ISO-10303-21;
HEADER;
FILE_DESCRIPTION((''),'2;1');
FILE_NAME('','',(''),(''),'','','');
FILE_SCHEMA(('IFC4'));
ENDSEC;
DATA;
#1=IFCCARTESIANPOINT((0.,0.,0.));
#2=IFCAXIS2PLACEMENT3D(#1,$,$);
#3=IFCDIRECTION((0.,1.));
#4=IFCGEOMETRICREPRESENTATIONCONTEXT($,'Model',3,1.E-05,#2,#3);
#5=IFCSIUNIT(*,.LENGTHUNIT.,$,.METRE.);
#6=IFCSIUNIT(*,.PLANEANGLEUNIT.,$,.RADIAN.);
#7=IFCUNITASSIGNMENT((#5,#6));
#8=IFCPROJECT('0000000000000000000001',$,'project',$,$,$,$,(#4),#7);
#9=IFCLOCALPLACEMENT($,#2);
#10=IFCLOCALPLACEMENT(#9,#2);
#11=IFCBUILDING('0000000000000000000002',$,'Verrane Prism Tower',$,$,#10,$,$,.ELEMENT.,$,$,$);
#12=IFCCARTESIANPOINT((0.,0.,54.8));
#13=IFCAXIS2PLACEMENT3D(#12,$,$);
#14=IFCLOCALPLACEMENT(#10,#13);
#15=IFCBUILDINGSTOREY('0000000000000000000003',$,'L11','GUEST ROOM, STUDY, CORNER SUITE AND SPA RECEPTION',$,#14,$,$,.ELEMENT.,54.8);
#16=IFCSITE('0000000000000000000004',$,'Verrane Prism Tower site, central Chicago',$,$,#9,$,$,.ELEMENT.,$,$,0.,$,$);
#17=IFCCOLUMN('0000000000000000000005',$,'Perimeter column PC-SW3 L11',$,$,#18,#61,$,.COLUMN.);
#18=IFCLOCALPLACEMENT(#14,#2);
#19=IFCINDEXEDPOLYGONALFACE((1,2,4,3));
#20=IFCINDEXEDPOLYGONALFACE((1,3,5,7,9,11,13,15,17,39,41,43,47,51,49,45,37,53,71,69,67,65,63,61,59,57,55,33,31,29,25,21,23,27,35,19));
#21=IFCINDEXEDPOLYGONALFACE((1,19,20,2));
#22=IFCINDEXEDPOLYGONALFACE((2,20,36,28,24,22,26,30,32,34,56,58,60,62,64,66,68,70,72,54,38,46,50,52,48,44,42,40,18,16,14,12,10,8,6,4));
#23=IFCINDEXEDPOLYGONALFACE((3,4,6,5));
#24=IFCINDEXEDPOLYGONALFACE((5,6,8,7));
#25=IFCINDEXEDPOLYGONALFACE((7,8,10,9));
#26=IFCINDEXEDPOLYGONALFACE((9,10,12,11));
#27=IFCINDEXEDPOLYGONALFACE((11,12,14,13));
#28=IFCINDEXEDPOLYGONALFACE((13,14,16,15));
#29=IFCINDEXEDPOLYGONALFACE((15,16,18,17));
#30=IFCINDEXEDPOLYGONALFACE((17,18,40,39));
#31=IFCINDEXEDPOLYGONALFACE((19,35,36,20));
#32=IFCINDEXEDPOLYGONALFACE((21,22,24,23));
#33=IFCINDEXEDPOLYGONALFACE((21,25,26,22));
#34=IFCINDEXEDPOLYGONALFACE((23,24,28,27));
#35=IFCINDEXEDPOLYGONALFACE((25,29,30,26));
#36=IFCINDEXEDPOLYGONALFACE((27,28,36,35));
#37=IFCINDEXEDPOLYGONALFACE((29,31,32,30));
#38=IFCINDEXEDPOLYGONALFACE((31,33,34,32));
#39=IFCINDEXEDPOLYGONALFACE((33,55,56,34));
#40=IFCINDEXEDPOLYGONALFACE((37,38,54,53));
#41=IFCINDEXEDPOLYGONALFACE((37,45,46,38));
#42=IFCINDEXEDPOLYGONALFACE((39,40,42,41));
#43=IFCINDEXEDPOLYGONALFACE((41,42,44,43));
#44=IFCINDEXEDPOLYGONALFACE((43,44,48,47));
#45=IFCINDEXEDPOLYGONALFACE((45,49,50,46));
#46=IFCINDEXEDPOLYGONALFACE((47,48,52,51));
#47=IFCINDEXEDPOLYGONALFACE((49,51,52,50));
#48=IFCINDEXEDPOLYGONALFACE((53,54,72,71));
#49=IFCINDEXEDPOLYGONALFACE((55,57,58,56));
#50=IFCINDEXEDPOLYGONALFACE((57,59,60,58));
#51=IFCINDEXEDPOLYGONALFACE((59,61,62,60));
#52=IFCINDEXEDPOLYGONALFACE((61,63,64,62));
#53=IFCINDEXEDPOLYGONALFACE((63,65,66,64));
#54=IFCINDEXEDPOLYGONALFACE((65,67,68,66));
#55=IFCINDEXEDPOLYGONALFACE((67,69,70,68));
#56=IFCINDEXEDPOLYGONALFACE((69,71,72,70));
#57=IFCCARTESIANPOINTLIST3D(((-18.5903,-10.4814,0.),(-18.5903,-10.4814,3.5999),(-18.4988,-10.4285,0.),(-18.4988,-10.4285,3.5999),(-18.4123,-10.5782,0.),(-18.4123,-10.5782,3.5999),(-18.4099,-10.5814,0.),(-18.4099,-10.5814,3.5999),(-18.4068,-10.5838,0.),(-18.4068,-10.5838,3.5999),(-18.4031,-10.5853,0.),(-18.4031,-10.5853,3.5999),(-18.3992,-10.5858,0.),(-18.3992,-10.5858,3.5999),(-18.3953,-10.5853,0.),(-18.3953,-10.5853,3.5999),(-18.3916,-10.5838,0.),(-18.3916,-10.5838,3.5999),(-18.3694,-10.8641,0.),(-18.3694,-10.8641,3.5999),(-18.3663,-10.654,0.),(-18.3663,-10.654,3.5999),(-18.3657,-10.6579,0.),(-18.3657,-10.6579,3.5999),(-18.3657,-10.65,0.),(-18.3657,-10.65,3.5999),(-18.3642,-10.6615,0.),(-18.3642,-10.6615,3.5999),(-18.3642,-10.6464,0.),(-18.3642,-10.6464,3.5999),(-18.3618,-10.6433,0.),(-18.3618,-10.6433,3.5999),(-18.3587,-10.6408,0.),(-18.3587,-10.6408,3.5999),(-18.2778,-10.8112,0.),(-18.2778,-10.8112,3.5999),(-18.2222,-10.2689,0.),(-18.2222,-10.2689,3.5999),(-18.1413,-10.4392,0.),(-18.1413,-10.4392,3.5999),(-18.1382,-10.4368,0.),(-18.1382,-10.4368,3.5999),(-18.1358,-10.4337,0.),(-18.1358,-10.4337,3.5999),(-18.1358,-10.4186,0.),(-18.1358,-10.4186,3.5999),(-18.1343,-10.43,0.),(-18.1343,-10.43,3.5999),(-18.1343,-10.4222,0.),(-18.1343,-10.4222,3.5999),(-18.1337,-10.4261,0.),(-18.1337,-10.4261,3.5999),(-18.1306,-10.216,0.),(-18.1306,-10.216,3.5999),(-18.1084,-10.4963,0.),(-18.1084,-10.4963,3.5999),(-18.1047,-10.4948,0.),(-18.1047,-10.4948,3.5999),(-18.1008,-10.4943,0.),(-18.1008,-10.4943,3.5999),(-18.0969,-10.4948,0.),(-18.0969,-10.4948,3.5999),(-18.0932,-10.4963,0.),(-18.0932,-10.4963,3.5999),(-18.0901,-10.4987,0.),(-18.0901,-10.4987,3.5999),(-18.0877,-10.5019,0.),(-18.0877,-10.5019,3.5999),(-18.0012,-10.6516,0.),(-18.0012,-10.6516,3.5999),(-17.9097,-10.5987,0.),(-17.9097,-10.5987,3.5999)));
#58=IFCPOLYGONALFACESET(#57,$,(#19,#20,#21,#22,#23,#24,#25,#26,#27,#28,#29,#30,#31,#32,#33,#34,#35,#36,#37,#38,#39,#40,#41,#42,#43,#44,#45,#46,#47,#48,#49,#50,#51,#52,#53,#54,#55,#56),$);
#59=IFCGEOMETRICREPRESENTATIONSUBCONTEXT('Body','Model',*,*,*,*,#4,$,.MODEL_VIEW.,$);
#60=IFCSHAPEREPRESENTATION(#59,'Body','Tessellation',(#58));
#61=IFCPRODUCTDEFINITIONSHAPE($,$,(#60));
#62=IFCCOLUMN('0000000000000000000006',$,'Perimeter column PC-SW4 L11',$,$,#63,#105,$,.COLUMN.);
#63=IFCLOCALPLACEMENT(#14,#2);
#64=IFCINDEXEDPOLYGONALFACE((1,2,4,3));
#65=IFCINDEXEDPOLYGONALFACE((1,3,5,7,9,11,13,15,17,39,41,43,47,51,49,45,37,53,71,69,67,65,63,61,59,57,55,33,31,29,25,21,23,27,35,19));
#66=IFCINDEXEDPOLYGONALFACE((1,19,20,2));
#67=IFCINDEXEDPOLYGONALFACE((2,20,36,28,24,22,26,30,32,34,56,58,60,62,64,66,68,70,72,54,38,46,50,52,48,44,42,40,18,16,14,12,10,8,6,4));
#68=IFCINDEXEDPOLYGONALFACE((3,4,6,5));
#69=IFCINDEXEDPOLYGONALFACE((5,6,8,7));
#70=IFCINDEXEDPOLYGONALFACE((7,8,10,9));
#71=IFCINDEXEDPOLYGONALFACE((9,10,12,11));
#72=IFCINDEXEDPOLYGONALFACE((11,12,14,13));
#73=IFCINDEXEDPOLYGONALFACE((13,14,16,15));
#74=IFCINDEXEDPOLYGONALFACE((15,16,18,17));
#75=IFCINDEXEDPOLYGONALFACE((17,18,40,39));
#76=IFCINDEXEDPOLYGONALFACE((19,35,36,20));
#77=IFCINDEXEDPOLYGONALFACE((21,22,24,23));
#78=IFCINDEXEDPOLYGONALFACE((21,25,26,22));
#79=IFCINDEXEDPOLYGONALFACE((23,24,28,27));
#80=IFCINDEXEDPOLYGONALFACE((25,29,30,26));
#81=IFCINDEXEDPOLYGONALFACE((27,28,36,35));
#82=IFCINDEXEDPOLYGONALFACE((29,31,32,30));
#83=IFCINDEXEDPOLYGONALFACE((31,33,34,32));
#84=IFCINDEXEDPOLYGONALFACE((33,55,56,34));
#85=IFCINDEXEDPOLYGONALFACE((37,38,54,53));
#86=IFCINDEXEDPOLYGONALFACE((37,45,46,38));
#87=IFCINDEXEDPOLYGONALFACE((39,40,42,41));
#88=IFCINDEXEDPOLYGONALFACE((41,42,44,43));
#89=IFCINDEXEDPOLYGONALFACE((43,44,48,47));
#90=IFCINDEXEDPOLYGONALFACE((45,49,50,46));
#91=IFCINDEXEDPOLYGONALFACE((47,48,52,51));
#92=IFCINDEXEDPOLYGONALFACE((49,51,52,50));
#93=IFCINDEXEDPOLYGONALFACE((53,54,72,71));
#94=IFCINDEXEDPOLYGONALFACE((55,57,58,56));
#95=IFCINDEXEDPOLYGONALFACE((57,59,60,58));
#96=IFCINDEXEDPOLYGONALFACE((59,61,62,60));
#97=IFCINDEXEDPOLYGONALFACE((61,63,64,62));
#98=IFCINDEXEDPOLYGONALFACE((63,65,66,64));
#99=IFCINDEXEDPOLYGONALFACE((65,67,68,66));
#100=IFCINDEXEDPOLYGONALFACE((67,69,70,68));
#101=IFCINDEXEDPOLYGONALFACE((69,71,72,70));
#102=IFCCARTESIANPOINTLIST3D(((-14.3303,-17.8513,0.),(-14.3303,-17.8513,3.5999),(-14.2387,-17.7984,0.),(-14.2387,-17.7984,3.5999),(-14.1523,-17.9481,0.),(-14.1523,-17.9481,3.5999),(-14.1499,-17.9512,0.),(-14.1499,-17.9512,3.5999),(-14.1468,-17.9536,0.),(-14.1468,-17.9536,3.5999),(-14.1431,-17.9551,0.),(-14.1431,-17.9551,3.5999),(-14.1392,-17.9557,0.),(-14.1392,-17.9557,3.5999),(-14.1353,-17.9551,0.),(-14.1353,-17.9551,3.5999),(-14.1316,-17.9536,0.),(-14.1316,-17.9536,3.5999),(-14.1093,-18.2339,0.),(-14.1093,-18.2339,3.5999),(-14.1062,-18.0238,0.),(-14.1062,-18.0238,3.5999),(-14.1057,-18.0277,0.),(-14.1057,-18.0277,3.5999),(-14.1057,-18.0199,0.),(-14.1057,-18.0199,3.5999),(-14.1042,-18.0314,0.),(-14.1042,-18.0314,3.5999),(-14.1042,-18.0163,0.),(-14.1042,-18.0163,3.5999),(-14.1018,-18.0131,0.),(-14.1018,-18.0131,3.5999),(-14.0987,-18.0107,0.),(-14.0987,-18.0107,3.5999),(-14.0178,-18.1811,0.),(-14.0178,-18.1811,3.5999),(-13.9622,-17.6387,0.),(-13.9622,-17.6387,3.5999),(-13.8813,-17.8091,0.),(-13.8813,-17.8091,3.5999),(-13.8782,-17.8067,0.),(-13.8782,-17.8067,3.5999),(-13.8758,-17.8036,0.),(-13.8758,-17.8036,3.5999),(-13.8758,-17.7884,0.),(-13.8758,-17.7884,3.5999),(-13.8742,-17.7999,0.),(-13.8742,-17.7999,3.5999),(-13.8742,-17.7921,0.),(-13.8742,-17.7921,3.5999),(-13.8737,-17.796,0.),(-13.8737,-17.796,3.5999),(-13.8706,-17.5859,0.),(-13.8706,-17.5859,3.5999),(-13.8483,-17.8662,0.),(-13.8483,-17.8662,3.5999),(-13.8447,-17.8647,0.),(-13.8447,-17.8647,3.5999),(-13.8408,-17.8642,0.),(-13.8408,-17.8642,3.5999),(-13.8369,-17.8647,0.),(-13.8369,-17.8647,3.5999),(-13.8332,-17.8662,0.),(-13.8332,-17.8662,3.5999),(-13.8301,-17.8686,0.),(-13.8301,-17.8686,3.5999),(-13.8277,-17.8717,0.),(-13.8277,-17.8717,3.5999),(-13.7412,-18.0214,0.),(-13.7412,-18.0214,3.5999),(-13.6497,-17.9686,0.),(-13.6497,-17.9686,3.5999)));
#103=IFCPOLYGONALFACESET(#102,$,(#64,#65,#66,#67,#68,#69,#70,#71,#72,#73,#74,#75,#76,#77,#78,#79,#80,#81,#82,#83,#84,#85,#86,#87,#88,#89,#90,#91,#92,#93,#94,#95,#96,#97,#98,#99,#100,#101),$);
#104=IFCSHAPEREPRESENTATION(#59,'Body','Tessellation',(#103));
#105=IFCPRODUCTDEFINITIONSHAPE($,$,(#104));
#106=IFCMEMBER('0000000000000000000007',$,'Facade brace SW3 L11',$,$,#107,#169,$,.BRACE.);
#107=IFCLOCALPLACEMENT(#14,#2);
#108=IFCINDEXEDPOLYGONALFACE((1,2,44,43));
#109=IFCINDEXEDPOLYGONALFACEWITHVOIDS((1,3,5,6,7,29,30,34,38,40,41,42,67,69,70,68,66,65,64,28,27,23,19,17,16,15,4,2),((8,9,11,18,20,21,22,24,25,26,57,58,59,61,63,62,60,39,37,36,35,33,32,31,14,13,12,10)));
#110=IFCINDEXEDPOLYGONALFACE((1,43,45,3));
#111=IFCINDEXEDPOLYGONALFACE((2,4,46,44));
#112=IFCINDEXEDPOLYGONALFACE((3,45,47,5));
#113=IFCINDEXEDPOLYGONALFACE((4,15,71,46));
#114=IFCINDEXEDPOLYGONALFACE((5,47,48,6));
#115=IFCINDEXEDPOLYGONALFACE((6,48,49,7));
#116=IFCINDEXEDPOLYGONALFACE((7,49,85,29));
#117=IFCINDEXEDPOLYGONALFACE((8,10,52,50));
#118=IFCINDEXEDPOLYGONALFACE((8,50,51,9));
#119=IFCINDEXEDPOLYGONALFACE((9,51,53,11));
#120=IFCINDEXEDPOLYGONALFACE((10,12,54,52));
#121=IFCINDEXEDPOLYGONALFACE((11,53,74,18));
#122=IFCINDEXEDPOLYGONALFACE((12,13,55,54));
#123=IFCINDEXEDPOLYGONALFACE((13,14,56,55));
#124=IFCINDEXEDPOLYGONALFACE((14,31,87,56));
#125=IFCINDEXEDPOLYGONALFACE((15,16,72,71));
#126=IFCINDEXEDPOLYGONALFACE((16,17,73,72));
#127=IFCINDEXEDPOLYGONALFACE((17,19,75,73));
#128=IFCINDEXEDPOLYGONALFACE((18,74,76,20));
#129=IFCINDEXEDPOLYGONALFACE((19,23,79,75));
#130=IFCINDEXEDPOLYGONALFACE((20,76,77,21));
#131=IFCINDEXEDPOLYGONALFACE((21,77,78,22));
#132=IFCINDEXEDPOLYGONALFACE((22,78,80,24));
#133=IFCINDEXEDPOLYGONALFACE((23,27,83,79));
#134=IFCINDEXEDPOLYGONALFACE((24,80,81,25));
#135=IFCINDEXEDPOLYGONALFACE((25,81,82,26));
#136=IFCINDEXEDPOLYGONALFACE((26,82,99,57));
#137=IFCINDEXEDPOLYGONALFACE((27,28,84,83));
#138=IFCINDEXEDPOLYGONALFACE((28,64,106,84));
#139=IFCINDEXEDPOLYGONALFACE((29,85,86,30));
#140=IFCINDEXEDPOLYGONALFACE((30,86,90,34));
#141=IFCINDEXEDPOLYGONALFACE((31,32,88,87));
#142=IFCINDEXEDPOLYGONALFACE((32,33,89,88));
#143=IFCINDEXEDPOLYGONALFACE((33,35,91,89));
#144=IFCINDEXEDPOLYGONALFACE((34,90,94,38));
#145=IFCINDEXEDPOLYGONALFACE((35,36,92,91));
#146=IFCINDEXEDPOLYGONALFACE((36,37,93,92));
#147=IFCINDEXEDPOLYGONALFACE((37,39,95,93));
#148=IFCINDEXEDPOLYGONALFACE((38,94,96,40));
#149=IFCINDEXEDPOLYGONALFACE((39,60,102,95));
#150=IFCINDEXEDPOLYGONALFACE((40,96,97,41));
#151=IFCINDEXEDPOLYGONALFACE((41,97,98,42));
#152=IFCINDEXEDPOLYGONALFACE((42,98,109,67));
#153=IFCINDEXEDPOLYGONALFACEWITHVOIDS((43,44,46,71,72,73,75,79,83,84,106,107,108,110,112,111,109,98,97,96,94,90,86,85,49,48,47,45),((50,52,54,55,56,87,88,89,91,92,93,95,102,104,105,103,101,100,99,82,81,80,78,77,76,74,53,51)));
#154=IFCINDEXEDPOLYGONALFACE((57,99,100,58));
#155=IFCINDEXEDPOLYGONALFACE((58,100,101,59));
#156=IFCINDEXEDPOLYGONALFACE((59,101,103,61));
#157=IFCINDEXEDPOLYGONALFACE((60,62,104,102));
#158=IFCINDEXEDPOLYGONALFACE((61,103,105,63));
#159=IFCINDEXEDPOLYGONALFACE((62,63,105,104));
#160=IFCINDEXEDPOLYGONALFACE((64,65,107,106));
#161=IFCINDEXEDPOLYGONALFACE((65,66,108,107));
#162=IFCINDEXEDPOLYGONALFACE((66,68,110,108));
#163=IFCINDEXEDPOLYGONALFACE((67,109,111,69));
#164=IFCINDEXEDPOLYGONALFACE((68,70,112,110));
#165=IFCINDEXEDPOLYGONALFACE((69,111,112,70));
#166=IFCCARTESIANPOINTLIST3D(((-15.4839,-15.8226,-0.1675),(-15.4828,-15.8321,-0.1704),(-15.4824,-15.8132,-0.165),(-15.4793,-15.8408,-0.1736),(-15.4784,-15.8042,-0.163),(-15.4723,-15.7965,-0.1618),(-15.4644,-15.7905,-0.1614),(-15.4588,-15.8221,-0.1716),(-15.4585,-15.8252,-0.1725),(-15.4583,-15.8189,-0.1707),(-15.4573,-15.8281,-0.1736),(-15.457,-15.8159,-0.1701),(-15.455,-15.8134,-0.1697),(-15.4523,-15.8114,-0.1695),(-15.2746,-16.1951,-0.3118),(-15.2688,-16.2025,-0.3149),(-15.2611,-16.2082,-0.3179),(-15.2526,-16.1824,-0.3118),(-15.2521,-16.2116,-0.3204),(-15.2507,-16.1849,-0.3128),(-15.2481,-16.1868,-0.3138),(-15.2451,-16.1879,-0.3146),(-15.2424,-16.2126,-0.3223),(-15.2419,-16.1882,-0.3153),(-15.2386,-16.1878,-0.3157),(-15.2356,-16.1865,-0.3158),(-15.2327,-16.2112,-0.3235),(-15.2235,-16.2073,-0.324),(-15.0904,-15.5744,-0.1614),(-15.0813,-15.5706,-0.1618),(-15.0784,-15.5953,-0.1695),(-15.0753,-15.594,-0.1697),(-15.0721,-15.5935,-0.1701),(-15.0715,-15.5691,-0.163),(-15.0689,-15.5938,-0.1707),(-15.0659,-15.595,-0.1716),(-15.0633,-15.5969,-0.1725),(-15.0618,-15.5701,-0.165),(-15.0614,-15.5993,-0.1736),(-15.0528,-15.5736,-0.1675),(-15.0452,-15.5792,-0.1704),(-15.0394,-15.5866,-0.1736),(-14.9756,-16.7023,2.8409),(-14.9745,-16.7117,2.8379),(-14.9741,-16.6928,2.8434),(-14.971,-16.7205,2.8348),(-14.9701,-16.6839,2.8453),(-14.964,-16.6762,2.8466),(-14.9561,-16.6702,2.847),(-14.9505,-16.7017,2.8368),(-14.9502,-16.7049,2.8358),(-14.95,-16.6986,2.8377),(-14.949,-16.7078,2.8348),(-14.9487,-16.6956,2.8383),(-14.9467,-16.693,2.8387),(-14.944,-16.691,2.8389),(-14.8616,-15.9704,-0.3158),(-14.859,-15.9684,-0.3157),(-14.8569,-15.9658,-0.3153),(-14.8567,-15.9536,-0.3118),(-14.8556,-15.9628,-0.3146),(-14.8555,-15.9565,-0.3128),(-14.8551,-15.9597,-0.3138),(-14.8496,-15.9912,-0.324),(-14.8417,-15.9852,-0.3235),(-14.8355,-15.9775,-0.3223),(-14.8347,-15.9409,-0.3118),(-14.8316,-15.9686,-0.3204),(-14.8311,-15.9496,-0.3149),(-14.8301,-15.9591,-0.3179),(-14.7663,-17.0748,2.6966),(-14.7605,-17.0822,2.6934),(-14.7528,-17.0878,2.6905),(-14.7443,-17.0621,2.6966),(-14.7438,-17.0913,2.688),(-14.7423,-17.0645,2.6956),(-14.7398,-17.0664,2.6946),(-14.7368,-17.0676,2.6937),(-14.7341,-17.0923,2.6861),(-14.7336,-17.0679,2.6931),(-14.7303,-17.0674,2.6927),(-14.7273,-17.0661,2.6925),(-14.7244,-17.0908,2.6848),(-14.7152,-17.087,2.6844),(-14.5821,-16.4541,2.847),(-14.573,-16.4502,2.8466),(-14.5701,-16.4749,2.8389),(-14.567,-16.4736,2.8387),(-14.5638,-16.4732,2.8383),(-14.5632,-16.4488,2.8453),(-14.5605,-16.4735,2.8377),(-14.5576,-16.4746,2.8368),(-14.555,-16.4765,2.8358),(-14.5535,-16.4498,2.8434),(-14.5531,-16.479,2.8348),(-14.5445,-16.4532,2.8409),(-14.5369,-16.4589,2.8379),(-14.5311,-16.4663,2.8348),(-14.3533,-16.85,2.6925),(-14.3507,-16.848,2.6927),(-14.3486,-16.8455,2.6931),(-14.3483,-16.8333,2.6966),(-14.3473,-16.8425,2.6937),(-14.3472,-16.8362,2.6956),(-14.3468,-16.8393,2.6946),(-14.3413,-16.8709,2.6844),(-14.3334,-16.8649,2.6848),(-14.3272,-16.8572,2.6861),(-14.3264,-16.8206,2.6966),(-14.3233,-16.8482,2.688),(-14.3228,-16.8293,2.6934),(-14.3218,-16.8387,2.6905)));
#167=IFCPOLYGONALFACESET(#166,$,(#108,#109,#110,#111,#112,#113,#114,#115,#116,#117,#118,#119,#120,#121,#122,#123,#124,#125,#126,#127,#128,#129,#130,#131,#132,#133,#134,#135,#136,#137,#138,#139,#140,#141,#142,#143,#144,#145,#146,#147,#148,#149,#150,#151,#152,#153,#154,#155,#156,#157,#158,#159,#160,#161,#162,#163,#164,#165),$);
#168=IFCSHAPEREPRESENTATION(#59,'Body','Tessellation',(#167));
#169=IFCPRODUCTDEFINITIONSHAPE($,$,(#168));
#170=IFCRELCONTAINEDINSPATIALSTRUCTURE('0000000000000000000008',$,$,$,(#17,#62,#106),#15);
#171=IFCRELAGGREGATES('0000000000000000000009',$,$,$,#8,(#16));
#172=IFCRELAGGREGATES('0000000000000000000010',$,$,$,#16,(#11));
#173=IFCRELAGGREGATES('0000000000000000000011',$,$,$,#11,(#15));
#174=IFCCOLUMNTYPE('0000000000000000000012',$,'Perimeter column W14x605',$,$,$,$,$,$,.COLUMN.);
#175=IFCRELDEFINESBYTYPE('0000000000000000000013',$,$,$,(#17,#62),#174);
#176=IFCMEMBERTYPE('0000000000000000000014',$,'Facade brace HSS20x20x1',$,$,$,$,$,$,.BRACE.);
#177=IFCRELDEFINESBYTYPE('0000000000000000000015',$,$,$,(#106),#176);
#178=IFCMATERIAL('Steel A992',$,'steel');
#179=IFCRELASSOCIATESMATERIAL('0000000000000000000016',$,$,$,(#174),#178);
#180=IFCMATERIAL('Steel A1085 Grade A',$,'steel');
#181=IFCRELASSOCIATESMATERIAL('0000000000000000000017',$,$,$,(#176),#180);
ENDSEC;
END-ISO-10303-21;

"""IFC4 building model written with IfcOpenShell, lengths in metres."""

from ifc_helpers import new_model, si_unit, direction, frame, origin, origin_2d, place, context, subcontext, project, spatial, hollow_rectangle, i_section, extrude, material, material_profile, profile_set, type_object, element, save


model = new_model("IFC4")

# Units and contexts
model_context = context("Model", 3, precision=1e-05, world=origin(), true_north=direction((0.0, 1.0)))
body_context = subcontext(model_context, "Body", "Model", "MODEL_VIEW")
ifc_project = project(units=[si_unit("LENGTHUNIT", "METRE"), si_unit("PLANEANGLEUNIT", "RADIAN")], contexts=[model_context])

# Site, building, storey
site_placement = place(None, origin())
site = spatial("IfcSite", under=ifc_project, at=site_placement, Name="Verrane Prism Tower site, central Chicago", CompositionType="ELEMENT", RefElevation=0.0)
building_placement = place(site_placement, origin())
building = spatial("IfcBuilding", under=site, at=building_placement, Name="Verrane Prism Tower", CompositionType="ELEMENT")
storey_placement = place(building_placement, frame((0.0, 0.0, 54.8)))
storey = spatial("IfcBuildingStorey", under=building, at=storey_placement, Name="L11", Description="GUEST ROOM, STUDY, CORNER SUITE AND SPA RECEPTION", CompositionType="ELEMENT", Elevation=54.8)

# Columns
ifc_material_1 = material(Name="Steel A992", Category="steel")
ifc_material_profile_1 = material_profile(ifc_material_1, i_section(OverallWidth=0.4419, OverallDepth=0.5308, WebThickness=0.0659, FlangeThickness=0.1057, FilletRadius=0.0151, at=origin_2d()), Name="W14x605")
ifc_profile_set_1 = profile_set([ifc_material_profile_1], Name="Steel A992")
column_type = type_object("IfcColumnType", Name="Perimeter column W14x605", PredefinedType="COLUMN", material=ifc_profile_set_1)
for number, where, z_axis, x_axis, name in (
    (1, (-18.25, -10.54, 0.0), (0.0, 0.0, 1.0), (-0.5, 0.866025, 0.0), "Perimeter column PC-SW3 L11"),
    (2, (-13.99, -17.9099, 0.0), (0.0, 0.0, 1.0), (-0.5, 0.866025, 0.0), "Perimeter column PC-SW4 L11"),
):
    element("IfcColumn", number, at=place(storey_placement, frame(where, z_axis=z_axis, x_axis=x_axis)), inside=storey, type_object=column_type, Name=name, PredefinedType="COLUMN", context=body_context, shape_type="SweptSolid", body=[
        extrude(i_section(OverallWidth=0.4419, OverallDepth=0.5308, WebThickness=0.0659, FlangeThickness=0.1057, FilletRadius=0.0151, at=origin_2d()), origin(), (0.0, 0.0, 1.0), 3.5999),
    ])

# Member
ifc_material_2 = material(Name="Steel A1085 Grade A", Category="steel")
ifc_material_profile_2 = material_profile(ifc_material_2, hollow_rectangle(XDim=0.5081, YDim=0.5081, WallThickness=0.0254, InnerFilletRadius=0.0127, OuterFilletRadius=0.0381, at=origin_2d()), Name="HSS20x20x1")
ifc_profile_set_2 = profile_set([ifc_material_profile_2], Name="Steel A1085 Grade A")
member_type_1 = type_object("IfcMemberType", Name="Facade brace HSS20x20x1", PredefinedType="BRACE", material=ifc_profile_set_2)
member_1_placement = place(storey_placement, frame((-15.157, -15.8909, -0.2427), z_axis=(0.160084, -0.277033, 0.947431), x_axis=(0.865837, 0.500326, 0.0)))
element("IfcMember", 3, at=member_1_placement, inside=storey, type_object=member_type_1, Name="Facade brace SW3 L11", PredefinedType="BRACE", context=body_context, shape_type="SweptSolid", body=[
    extrude(hollow_rectangle(XDim=0.5081, YDim=0.5081, WallThickness=0.0254, InnerFilletRadius=0.0127, OuterFilletRadius=0.0381, at=origin_2d()), origin(), (0.0, 0.0, 1.0), 3.1753),
])

save(model, "model.ifc")
